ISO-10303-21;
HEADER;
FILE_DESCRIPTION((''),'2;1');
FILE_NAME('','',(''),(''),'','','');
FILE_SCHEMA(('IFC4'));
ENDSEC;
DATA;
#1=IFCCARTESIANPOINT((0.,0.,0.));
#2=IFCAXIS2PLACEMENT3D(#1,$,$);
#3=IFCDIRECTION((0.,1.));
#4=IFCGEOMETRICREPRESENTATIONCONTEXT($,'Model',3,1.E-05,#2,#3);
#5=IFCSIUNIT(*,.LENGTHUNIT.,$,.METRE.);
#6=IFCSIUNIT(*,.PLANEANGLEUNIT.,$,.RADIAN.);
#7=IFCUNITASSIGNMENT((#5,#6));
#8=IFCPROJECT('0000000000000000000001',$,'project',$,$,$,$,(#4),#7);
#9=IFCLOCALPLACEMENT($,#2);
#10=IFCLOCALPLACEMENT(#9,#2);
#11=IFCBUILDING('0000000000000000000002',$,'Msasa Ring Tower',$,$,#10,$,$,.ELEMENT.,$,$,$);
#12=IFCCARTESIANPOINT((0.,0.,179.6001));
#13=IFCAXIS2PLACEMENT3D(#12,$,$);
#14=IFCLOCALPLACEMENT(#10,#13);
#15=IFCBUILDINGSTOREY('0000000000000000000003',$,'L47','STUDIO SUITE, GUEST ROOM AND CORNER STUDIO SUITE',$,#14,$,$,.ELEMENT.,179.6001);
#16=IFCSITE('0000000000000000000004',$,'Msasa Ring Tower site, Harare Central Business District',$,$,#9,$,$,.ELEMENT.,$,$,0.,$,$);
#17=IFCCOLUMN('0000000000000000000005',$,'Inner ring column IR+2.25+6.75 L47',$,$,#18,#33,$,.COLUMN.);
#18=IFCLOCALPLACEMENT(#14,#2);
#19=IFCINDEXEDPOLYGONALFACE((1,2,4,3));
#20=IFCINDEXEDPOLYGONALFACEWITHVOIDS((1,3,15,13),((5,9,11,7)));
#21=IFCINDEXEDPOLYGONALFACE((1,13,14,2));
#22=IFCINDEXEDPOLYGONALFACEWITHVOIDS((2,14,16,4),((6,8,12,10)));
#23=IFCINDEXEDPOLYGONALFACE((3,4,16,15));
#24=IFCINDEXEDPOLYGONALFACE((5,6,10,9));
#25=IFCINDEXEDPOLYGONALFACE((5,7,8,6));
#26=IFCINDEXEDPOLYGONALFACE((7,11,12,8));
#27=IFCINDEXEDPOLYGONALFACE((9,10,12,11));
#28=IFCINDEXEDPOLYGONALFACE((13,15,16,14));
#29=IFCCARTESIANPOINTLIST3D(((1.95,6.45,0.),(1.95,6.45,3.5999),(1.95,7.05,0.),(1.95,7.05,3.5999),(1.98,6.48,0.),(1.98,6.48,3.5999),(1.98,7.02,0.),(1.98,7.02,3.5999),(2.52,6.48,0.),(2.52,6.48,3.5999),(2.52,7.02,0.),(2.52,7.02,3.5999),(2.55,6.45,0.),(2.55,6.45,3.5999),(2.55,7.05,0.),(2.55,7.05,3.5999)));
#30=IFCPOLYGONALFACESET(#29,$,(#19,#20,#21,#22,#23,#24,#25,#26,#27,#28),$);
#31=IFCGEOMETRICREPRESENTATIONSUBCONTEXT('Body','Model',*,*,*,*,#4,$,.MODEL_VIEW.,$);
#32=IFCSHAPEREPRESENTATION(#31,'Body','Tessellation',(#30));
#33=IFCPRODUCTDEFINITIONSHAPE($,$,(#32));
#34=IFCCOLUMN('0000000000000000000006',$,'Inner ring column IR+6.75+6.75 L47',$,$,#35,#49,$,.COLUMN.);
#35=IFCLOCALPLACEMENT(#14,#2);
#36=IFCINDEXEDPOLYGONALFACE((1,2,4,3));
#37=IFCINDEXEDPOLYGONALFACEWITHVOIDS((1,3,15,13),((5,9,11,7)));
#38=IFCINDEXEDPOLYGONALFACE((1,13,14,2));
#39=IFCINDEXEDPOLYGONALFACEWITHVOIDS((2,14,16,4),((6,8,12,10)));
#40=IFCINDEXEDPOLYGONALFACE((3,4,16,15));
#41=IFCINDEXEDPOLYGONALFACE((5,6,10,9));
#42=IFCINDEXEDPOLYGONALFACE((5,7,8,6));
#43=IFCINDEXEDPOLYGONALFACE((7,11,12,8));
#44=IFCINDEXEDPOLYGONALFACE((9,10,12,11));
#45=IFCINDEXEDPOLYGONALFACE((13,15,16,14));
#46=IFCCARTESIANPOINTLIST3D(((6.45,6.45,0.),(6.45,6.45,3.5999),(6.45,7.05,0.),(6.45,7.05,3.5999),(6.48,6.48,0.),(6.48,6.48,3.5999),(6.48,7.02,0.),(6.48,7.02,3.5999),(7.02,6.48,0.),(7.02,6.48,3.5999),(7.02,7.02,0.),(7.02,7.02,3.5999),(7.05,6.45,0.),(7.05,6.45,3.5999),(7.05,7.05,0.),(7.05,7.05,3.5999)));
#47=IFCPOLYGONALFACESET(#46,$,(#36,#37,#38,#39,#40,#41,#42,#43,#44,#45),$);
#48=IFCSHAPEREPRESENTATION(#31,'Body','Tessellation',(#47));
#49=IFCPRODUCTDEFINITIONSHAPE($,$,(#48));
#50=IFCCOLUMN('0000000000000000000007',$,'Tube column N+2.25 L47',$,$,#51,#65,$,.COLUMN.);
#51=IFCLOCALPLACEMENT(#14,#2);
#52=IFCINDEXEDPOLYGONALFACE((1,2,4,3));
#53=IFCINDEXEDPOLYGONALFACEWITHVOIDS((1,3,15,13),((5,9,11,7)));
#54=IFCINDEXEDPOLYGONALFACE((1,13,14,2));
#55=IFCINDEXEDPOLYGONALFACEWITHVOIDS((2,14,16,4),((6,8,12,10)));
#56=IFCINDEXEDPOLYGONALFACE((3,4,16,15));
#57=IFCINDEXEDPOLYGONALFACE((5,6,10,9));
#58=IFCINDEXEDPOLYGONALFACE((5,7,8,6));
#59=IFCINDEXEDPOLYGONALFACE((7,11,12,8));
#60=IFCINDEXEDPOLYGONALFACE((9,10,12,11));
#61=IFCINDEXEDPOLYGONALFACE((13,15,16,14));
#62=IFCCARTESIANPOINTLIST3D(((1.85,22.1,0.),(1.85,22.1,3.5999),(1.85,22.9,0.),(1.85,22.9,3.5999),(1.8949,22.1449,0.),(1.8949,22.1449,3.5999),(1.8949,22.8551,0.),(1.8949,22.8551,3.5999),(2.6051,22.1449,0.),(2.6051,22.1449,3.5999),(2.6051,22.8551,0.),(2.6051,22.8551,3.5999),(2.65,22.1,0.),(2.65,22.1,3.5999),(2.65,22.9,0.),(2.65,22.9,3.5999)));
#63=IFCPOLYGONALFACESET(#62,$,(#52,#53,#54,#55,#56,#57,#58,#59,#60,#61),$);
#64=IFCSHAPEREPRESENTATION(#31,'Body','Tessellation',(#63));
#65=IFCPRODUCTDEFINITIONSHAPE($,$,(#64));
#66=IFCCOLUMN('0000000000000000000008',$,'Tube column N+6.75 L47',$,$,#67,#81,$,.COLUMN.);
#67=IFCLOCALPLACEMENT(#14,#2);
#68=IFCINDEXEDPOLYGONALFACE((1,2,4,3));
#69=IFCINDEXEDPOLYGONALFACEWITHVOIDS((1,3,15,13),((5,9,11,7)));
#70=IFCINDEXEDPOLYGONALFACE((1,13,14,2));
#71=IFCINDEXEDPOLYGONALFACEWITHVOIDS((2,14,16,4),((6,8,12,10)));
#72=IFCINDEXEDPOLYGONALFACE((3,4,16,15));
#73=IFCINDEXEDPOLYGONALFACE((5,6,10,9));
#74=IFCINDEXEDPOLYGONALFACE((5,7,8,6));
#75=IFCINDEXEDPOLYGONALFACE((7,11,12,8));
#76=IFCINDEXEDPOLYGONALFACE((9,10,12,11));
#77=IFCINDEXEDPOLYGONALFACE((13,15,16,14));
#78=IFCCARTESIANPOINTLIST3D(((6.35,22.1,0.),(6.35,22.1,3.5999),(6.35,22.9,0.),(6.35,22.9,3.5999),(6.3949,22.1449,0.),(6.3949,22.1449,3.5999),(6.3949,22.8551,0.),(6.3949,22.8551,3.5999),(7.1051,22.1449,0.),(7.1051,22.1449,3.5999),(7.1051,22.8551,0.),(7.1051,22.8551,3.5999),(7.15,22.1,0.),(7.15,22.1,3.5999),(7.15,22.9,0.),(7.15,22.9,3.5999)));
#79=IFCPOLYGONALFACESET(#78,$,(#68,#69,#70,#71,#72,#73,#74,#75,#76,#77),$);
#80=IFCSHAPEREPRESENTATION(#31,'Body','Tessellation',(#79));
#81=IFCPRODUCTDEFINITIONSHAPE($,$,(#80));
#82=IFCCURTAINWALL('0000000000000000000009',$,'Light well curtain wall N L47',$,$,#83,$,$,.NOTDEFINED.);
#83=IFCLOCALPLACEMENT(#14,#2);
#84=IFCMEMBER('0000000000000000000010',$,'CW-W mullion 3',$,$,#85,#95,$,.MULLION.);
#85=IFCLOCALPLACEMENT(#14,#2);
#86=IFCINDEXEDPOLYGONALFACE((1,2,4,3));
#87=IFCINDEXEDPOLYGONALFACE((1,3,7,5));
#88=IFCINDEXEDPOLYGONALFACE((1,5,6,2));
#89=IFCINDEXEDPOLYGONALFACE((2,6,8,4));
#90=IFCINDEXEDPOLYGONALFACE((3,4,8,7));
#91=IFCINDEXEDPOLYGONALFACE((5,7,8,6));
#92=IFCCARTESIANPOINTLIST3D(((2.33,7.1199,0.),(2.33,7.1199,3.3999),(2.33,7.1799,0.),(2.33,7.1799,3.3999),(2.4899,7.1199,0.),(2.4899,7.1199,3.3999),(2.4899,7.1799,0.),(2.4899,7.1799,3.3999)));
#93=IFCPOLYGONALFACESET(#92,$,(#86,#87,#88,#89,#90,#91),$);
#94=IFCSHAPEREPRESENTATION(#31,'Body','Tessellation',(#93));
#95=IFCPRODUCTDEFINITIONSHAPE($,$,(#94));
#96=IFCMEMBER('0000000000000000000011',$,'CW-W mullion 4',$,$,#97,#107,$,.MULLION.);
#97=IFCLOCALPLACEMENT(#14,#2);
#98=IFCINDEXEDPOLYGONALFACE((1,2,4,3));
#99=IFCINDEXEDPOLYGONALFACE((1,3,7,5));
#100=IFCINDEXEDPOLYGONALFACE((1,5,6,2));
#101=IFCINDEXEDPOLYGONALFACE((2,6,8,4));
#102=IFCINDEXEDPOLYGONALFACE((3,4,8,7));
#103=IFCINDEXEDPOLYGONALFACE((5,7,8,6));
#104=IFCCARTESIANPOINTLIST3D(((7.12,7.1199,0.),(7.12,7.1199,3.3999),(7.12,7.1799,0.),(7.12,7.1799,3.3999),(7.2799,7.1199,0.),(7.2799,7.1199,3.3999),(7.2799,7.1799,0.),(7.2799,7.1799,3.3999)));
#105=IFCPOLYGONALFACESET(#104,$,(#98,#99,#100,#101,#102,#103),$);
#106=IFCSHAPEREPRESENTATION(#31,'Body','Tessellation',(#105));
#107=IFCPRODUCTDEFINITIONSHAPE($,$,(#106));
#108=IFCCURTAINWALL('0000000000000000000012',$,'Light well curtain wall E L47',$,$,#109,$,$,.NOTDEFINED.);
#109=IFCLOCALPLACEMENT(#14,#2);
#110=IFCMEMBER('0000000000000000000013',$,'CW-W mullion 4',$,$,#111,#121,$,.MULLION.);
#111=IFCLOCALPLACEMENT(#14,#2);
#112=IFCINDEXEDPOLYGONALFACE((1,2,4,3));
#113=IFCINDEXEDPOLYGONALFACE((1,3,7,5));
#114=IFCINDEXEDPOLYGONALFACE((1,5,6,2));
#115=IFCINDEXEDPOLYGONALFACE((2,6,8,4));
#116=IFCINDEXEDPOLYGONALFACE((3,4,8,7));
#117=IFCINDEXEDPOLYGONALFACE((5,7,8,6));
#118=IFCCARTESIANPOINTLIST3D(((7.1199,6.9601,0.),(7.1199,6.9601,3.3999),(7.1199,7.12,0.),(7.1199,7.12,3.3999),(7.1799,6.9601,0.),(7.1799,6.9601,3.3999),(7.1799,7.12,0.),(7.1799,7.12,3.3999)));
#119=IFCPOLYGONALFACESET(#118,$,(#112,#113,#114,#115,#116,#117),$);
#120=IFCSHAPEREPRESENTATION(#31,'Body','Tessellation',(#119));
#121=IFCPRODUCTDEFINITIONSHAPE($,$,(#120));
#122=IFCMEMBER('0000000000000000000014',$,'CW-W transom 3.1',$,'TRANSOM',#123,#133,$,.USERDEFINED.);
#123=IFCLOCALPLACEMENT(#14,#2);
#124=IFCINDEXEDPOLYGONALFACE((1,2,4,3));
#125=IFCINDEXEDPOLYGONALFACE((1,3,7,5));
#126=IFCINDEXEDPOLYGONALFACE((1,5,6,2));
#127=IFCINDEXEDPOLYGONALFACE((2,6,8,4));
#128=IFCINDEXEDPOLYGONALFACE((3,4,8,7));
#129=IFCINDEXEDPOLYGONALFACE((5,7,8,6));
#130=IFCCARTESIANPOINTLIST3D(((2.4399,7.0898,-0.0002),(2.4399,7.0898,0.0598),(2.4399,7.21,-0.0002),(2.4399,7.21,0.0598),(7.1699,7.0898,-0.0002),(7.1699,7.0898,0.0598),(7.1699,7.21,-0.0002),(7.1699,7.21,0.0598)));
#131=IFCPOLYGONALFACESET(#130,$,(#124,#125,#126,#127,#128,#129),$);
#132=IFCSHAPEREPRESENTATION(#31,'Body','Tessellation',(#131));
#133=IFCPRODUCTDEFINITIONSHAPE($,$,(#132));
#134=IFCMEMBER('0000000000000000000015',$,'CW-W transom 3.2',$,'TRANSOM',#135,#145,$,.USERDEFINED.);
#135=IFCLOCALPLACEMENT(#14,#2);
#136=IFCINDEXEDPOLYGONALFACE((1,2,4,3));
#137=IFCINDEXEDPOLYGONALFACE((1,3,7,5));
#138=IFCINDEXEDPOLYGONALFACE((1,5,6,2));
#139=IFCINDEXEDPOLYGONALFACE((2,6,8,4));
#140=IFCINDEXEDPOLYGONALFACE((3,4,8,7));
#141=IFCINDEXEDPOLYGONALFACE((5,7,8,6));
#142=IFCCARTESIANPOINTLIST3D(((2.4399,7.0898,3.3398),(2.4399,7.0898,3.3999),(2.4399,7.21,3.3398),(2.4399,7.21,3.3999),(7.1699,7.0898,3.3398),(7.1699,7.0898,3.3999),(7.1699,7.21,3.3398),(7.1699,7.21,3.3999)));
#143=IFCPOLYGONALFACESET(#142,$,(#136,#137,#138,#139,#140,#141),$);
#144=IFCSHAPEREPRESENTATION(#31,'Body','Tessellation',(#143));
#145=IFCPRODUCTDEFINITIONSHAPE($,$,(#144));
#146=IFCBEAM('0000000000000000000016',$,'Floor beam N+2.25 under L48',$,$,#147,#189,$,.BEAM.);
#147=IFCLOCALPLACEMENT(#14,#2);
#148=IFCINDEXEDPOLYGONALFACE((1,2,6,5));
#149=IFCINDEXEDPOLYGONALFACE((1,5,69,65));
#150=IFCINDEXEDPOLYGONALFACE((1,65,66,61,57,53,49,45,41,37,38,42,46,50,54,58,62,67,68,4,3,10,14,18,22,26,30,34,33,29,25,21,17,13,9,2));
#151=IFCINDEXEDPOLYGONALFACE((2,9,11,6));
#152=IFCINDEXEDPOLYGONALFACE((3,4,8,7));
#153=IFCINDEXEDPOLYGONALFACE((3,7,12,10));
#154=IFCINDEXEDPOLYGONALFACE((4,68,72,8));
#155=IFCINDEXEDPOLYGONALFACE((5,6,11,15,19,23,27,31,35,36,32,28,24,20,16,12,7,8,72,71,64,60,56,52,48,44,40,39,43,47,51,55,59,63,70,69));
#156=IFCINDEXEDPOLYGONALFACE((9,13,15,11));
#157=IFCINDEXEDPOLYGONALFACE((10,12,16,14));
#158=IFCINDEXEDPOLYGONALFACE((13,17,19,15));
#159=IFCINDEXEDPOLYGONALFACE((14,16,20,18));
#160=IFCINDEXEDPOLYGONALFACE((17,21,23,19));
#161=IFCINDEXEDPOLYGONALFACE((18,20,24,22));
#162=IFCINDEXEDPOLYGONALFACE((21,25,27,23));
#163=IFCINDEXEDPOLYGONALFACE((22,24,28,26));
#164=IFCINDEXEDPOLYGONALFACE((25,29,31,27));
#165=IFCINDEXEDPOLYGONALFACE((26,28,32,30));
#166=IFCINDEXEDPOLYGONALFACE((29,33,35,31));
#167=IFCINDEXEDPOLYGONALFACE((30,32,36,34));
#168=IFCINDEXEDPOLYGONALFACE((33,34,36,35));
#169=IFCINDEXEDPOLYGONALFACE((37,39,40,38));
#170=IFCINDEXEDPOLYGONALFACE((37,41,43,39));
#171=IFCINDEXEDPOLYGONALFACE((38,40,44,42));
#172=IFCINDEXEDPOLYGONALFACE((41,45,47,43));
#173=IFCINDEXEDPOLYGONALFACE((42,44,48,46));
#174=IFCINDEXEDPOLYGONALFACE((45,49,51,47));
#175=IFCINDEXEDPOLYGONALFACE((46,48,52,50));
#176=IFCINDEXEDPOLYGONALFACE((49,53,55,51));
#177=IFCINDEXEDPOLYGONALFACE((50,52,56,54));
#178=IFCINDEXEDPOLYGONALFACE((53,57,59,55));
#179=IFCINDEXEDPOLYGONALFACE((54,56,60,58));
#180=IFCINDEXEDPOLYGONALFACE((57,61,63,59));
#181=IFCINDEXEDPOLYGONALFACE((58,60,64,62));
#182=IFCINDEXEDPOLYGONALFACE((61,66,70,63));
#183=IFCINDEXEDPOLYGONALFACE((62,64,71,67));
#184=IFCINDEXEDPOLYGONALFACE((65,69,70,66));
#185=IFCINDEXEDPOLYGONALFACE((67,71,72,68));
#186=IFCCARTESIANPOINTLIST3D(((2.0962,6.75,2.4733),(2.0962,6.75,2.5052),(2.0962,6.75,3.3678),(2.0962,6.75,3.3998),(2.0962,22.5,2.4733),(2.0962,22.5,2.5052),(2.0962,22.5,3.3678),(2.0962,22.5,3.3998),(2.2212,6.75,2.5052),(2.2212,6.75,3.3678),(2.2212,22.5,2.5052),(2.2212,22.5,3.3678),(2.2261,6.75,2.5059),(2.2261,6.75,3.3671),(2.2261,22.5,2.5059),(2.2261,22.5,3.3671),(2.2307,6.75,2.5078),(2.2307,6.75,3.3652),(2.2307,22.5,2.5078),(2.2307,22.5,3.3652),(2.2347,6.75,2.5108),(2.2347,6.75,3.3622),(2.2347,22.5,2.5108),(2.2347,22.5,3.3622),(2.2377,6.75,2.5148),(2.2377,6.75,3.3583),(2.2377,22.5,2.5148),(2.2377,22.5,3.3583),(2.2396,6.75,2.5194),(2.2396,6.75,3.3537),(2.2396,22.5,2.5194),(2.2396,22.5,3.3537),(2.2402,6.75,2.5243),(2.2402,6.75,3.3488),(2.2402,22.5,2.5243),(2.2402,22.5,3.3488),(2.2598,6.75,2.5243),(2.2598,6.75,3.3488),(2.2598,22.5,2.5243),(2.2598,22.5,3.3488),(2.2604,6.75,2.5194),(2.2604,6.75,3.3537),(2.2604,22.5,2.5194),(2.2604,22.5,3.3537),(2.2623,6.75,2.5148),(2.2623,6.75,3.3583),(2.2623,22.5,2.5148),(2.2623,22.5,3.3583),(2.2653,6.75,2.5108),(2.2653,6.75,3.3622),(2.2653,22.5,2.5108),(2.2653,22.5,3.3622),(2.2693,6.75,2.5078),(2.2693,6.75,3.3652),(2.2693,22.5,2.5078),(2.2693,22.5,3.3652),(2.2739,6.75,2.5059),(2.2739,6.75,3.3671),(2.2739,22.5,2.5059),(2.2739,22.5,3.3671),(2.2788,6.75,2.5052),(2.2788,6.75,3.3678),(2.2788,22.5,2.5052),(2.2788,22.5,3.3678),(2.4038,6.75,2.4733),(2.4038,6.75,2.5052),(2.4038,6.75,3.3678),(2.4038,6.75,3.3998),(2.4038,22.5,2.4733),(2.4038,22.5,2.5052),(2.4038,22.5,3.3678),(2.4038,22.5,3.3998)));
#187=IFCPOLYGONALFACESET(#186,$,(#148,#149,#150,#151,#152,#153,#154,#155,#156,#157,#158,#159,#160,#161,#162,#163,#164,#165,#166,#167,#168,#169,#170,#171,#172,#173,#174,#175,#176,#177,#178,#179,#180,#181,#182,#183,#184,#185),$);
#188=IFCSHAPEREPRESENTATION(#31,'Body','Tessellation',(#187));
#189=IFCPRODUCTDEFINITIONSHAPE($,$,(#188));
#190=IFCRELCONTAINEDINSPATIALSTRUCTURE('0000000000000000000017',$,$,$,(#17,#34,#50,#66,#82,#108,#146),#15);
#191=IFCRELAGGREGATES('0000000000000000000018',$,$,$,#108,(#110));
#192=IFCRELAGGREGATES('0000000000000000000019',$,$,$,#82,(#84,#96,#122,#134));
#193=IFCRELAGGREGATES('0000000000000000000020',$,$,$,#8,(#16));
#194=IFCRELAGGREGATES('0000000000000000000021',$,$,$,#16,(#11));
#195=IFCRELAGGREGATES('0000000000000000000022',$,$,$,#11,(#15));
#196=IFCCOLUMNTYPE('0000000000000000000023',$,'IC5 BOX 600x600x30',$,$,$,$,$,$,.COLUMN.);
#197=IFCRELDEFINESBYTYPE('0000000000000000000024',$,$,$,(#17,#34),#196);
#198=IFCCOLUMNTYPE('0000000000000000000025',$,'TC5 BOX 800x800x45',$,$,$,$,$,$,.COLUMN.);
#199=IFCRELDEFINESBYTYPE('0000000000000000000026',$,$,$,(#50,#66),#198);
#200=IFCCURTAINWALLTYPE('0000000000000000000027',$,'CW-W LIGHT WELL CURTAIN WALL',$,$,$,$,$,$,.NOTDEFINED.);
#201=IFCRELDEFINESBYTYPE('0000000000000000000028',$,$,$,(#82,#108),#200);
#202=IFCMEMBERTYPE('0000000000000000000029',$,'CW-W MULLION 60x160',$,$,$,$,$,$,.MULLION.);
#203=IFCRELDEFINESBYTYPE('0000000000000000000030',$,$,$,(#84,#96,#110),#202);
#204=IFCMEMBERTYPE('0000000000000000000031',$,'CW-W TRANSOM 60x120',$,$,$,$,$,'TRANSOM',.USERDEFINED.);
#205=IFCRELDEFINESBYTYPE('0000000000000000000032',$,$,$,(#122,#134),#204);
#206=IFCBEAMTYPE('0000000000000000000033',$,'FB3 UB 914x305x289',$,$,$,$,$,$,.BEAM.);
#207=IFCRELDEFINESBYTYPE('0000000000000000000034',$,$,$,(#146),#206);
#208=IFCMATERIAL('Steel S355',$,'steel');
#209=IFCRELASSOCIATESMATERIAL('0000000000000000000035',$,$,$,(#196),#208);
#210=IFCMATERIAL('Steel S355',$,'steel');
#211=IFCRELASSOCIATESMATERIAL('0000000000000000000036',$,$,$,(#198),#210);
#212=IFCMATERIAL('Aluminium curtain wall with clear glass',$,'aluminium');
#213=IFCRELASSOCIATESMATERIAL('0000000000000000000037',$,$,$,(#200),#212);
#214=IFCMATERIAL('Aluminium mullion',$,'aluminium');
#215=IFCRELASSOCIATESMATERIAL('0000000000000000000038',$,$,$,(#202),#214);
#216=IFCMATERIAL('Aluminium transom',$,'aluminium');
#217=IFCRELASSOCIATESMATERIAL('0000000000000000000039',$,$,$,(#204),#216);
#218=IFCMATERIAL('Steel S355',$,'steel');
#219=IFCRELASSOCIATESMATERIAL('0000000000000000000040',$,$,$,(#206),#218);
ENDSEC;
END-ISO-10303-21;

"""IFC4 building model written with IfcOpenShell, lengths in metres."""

from ifc_helpers import new_model, si_unit, direction, frame, origin, origin_2d, place, context, subcontext, project, spatial, rectangle, hollow_rectangle, i_section, extrude, material, material_profile, profile_set, type_object, element, aggregate, save


model = new_model("IFC4")

# Units and contexts
model_context = context("Model", 3, precision=1e-05, world=origin(), true_north=direction((0.0, 1.0)))
body_context = subcontext(model_context, "Body", "Model", "MODEL_VIEW")
ifc_project = project(units=[si_unit("LENGTHUNIT", "METRE"), si_unit("PLANEANGLEUNIT", "RADIAN")], contexts=[model_context])

# Site, building, storey
site_placement = place(None, origin())
site = spatial("IfcSite", under=ifc_project, at=site_placement, Name="Msasa Ring Tower site, Harare Central Business District", CompositionType="ELEMENT", RefElevation=0.0)
building_placement = place(site_placement, origin())
building = spatial("IfcBuilding", under=site, at=building_placement, Name="Msasa Ring Tower", CompositionType="ELEMENT")
storey_placement = place(building_placement, frame((0.0, 0.0, 179.6001)))
storey = spatial("IfcBuildingStorey", under=building, at=storey_placement, Name="L47", Description="STUDIO SUITE, GUEST ROOM AND CORNER STUDIO SUITE", CompositionType="ELEMENT", Elevation=179.6001)

# Columns
ifc_material_1 = material(Name="Steel S355", Category="steel")
ifc_material_profile_1 = material_profile(ifc_material_1, hollow_rectangle(XDim=0.6001, YDim=0.6001, WallThickness=0.03, at=origin_2d()), Name="BOX 600x600x30")
ifc_profile_set_1 = profile_set([ifc_material_profile_1], Name="Steel S355")
column_type_1 = type_object("IfcColumnType", Name="IC5 BOX 600x600x30", PredefinedType="COLUMN", material=ifc_profile_set_1)
for number, where, z_axis, x_axis, name in (
    (1, (2.25, 6.75, 0.0), (0.0, 0.0, 1.0), (1.0, 0.0, 0.0), "Inner ring column IR+2.25+6.75 L47"),
    (2, (6.75, 6.75, 0.0), (0.0, 0.0, 1.0), (1.0, 0.0, 0.0), "Inner ring column IR+6.75+6.75 L47"),
):
    element("IfcColumn", number, at=place(storey_placement, frame(where, z_axis=z_axis, x_axis=x_axis)), inside=storey, type_object=column_type_1, Name=name, PredefinedType="COLUMN", context=body_context, shape_type="SweptSolid", body=[
        extrude(hollow_rectangle(XDim=0.6001, YDim=0.6001, WallThickness=0.03, at=origin_2d()), origin(), (0.0, 0.0, 1.0), 3.5999),
    ])
ifc_material_2 = material(Name="Steel S355", Category="steel")
ifc_material_profile_2 = material_profile(ifc_material_2, hollow_rectangle(XDim=0.8, YDim=0.8, WallThickness=0.0449, at=origin_2d()), Name="BOX 800x800x45")
ifc_profile_set_2 = profile_set([ifc_material_profile_2], Name="Steel S355")
column_type_2 = type_object("IfcColumnType", Name="TC5 BOX 800x800x45", PredefinedType="COLUMN", material=ifc_profile_set_2)
for number, where, z_axis, x_axis, name in (
    (3, (2.25, 22.5, 0.0), (0.0, 0.0, 1.0), (0.0, 1.0, 0.0), "Tube column N+2.25 L47"),
    (4, (6.75, 22.5, 0.0), (0.0, 0.0, 1.0), (0.0, 1.0, 0.0), "Tube column N+6.75 L47"),
):
    element("IfcColumn", number, at=place(storey_placement, frame(where, z_axis=z_axis, x_axis=x_axis)), inside=storey, type_object=column_type_2, Name=name, PredefinedType="COLUMN", context=body_context, shape_type="SweptSolid", body=[
        extrude(hollow_rectangle(XDim=0.8, YDim=0.8, WallThickness=0.0449, at=origin_2d()), origin(), (0.0, 0.0, 1.0), 3.5999),
    ])

# Curtain wall, members
ifc_material_3 = material(Name="Aluminium curtain wall with clear glass", Category="aluminium")
curtain_wall_type = type_object("IfcCurtainWallType", Name="CW-W LIGHT WELL CURTAIN WALL", PredefinedType="NOTDEFINED", material=ifc_material_3)
curtain_wall_1_placement = place(storey_placement, origin())
curtain_wall_1 = element("IfcCurtainWall", 5, at=curtain_wall_1_placement, inside=storey, type_object=curtain_wall_type, Name="Light well curtain wall N L47", PredefinedType="NOTDEFINED")
ifc_material_4 = material(Name="Aluminium mullion", Category="aluminium")
ifc_material_profile_3 = material_profile(ifc_material_4, rectangle(XDim=0.0601, YDim=0.1599, at=origin_2d()), Name="AL 60x160")
ifc_profile_set_3 = profile_set([ifc_material_profile_3], Name="Aluminium mullion")
member_type_1 = type_object("IfcMemberType", Name="CW-W MULLION 60x160", PredefinedType="MULLION", material=ifc_profile_set_3)
member_1_placement = place(storey_placement, frame((2.4099, 7.1499, 0.0), z_axis=(0.0, 0.0, 1.0), x_axis=(0.0, 1.0, 0.0)))
member_1 = element("IfcMember", 6, at=member_1_placement, type_object=member_type_1, Name="CW-W mullion 3", PredefinedType="MULLION", context=body_context, shape_type="SweptSolid", body=[
    extrude(rectangle(XDim=0.0601, YDim=0.1599, at=origin_2d()), origin(), (0.0, 0.0, 1.0), 3.3999),
])
member_2_placement = place(storey_placement, frame((7.2, 7.1499, 0.0), z_axis=(0.0, 0.0, 1.0), x_axis=(0.0, 1.0, 0.0)))
member_2 = element("IfcMember", 7, at=member_2_placement, type_object=member_type_1, Name="CW-W mullion 4", PredefinedType="MULLION", context=body_context, shape_type="SweptSolid", body=[
    extrude(rectangle(XDim=0.0601, YDim=0.1599, at=origin_2d()), origin(), (0.0, 0.0, 1.0), 3.3999),
])

# Curtain wall, member
curtain_wall_2_placement = place(storey_placement, origin())
curtain_wall_2 = element("IfcCurtainWall", 8, at=curtain_wall_2_placement, inside=storey, type_object=curtain_wall_type, Name="Light well curtain wall E L47", PredefinedType="NOTDEFINED")
member_3_placement = place(storey_placement, frame((7.1499, 7.04, 0.0), z_axis=(0.0, 0.0, 1.0), x_axis=(-1.0, 0.0, 0.0)))
member_3 = element("IfcMember", 9, at=member_3_placement, type_object=member_type_1, Name="CW-W mullion 4", PredefinedType="MULLION", context=body_context, shape_type="SweptSolid", body=[
    extrude(rectangle(XDim=0.0601, YDim=0.1599, at=origin_2d()), origin(), (0.0, 0.0, 1.0), 3.3999),
])
aggregate(curtain_wall_2, [member_3])

# Members
ifc_material_5 = material(Name="Aluminium transom", Category="aluminium")
ifc_material_profile_4 = material_profile(ifc_material_5, rectangle(XDim=0.1201, YDim=0.0601, at=origin_2d()), Name="AL 60x120")
ifc_profile_set_4 = profile_set([ifc_material_profile_4], Name="Aluminium transom")
member_type_2 = type_object("IfcMemberType", Name="CW-W TRANSOM 60x120", ElementType="TRANSOM", PredefinedType="USERDEFINED", material=ifc_profile_set_4)
member_4_placement = place(storey_placement, frame((2.4399, 7.1499, 0.0298), z_axis=(1.0, 0.0, 0.0), x_axis=(0.0, 1.0, 0.0)))
member_4 = element("IfcMember", 10, at=member_4_placement, type_object=member_type_2, Name="CW-W transom 3.1", ObjectType="TRANSOM", PredefinedType="USERDEFINED", context=body_context, shape_type="SweptSolid", body=[
    extrude(rectangle(XDim=0.1201, YDim=0.0601, at=origin_2d()), origin(), (0.0, 0.0, 1.0), 4.73),
])
member_5_placement = place(storey_placement, frame((2.4399, 7.1499, 3.3699), z_axis=(1.0, 0.0, 0.0), x_axis=(0.0, 1.0, 0.0)))
member_5 = element("IfcMember", 11, at=member_5_placement, type_object=member_type_2, Name="CW-W transom 3.2", ObjectType="TRANSOM", PredefinedType="USERDEFINED", context=body_context, shape_type="SweptSolid", body=[
    extrude(rectangle(XDim=0.1201, YDim=0.0601, at=origin_2d()), origin(), (0.0, 0.0, 1.0), 4.73),
])

# Beam
ifc_material_6 = material(Name="Steel S355", Category="steel")
ifc_material_profile_5 = material_profile(ifc_material_6, i_section(OverallWidth=0.3076, OverallDepth=0.9265, WebThickness=0.0195, FlangeThickness=0.032, FilletRadius=0.019, at=origin_2d()), Name="UB 914x305x289")
ifc_profile_set_5 = profile_set([ifc_material_profile_5], Name="Steel S355")
beam_type_1 = type_object("IfcBeamType", Name="FB3 UB 914x305x289", PredefinedType="BEAM", material=ifc_profile_set_5)
for number, where, z_axis, x_axis, name in (
    (12, (2.25, 22.5, 2.9365), (0.0, -1.0, 0.0), (1.0, 0.0, 0.0), "Floor beam N+2.25 under L48"),
):
    element("IfcBeam", number, at=place(storey_placement, frame(where, z_axis=z_axis, x_axis=x_axis)), inside=storey, type_object=beam_type_1, Name=name, PredefinedType="BEAM", context=body_context, shape_type="SweptSolid", body=[
        extrude(i_section(OverallWidth=0.3076, OverallDepth=0.9265, WebThickness=0.0195, FlangeThickness=0.032, FilletRadius=0.019, at=origin_2d()), origin(), (0.0, 0.0, 1.0), 15.75),
    ])

aggregate(curtain_wall_1, [member_1, member_2, member_4, member_5])

save(model, "model.ifc")
